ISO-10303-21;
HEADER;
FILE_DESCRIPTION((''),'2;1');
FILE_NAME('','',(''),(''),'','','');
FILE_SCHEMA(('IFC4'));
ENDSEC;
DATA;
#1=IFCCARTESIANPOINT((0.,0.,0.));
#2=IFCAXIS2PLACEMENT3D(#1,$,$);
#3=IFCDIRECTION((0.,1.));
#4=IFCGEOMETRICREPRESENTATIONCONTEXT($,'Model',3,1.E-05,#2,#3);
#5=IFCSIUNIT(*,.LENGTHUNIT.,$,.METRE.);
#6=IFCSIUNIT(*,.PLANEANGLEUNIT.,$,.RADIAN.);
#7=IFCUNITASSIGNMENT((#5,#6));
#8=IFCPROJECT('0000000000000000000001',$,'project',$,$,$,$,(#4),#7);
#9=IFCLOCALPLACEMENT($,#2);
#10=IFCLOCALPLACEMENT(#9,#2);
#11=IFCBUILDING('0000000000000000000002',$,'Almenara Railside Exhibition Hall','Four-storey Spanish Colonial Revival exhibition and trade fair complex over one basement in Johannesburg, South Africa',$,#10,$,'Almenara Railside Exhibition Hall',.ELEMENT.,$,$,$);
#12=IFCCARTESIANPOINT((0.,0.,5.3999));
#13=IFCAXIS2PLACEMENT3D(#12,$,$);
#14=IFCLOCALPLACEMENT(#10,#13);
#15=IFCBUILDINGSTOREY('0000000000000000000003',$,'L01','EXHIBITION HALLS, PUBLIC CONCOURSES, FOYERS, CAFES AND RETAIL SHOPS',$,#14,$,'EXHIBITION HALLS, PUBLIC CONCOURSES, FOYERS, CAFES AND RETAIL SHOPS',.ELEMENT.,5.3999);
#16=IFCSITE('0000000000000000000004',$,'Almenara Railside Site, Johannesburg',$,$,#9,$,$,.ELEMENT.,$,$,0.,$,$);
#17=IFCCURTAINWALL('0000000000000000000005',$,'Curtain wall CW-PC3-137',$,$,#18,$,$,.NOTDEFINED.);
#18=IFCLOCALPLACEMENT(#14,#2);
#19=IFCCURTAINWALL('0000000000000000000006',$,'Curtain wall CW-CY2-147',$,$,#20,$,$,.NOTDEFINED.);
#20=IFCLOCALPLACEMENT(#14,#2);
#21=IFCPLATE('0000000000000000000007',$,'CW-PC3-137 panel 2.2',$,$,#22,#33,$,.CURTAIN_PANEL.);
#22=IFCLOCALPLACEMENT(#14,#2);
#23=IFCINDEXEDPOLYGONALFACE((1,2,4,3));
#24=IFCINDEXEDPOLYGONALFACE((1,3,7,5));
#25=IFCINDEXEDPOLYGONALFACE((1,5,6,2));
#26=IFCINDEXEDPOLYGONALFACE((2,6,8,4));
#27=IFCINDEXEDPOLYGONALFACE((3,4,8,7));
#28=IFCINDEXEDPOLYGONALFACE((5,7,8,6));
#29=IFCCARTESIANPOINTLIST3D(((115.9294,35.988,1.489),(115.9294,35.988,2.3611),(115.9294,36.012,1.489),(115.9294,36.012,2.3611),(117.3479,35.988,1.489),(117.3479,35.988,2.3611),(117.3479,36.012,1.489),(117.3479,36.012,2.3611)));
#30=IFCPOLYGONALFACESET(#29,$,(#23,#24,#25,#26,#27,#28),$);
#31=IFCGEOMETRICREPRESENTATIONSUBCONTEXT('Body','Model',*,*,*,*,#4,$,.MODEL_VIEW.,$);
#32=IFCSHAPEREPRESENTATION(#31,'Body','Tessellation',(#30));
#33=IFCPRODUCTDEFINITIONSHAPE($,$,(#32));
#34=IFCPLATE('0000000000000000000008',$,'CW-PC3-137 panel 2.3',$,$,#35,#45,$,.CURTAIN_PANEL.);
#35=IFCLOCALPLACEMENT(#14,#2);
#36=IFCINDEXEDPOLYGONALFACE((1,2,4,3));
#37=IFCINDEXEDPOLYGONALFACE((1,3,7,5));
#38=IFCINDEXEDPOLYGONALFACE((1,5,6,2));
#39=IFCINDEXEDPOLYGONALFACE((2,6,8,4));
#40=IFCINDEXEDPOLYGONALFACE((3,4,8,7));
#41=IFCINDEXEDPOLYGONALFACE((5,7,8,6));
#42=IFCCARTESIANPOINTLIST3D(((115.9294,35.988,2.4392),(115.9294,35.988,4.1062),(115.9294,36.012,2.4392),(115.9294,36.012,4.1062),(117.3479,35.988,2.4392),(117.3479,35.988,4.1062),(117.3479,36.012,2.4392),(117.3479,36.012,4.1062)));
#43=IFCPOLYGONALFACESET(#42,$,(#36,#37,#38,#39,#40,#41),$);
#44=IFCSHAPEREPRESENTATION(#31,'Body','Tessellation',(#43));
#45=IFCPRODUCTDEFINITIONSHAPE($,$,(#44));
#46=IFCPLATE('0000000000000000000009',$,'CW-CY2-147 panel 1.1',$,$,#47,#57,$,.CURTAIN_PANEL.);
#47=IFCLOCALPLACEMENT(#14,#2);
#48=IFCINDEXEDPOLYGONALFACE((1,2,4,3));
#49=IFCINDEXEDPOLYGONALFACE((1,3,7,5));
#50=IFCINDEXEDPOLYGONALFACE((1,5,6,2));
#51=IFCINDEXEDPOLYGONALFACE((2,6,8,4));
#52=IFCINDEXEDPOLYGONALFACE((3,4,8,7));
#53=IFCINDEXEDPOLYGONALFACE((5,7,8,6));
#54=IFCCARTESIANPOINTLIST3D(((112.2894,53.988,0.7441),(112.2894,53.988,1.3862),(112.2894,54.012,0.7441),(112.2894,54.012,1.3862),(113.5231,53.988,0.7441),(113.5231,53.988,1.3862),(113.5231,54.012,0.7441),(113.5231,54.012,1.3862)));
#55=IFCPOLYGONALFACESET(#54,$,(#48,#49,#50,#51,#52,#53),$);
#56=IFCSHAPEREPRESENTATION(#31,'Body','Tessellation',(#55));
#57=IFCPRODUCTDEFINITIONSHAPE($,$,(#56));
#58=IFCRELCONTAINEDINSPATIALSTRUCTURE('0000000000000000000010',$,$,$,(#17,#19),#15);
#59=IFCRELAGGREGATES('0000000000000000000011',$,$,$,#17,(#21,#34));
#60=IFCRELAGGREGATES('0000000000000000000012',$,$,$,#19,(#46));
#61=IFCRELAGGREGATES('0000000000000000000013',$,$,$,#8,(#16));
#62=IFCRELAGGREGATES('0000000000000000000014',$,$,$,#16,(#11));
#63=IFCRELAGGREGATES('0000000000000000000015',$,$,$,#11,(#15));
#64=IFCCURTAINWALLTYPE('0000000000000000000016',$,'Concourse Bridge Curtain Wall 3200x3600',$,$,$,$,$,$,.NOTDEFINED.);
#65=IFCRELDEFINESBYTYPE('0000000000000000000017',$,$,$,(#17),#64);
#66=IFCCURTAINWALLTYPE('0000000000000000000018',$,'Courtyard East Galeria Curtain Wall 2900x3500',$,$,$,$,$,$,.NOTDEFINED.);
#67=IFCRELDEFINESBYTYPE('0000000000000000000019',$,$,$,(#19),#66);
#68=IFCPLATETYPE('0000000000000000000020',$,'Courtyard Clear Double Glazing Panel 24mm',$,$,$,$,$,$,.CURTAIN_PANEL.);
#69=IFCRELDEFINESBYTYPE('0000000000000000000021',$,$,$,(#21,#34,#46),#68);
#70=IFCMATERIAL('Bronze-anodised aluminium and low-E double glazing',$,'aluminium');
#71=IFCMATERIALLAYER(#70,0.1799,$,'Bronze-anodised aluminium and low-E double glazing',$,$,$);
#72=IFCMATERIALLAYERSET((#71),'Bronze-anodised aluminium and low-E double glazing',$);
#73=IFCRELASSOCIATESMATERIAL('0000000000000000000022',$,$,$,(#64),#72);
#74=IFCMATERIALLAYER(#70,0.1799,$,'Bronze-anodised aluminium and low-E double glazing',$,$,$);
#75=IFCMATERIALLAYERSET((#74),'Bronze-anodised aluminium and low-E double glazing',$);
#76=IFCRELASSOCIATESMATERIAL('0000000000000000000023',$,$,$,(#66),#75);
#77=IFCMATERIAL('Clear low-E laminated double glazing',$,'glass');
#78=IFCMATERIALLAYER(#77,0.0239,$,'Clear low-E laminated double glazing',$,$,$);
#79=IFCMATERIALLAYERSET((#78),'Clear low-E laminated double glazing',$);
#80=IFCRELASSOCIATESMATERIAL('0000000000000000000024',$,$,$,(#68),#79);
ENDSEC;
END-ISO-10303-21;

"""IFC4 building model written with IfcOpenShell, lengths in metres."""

from ifc_helpers import new_model, si_unit, direction, frame, origin, origin_2d, place, context, subcontext, project, spatial, rectangle, extrude, material, layer, layer_set, type_object, element, aggregate, save


model = new_model("IFC4")

# Units and contexts
model_context = context("Model", 3, precision=1e-05, world=origin(), true_north=direction((0.0, 1.0)))
body_context = subcontext(model_context, "Body", "Model", "MODEL_VIEW")
ifc_project = project(units=[si_unit("LENGTHUNIT", "METRE"), si_unit("PLANEANGLEUNIT", "RADIAN")], contexts=[model_context])

# Site, building, storey
site_placement = place(None, origin())
site = spatial("IfcSite", under=ifc_project, at=site_placement, Name="Almenara Railside Site, Johannesburg", CompositionType="ELEMENT", RefElevation=0.0)
building_placement = place(site_placement, origin())
building = spatial("IfcBuilding", under=site, at=building_placement, Name="Almenara Railside Exhibition Hall", Description="Four-storey Spanish Colonial Revival exhibition and trade fair complex over one basement in Johannesburg, South Africa", LongName="Almenara Railside Exhibition Hall", CompositionType="ELEMENT")
storey_placement = place(building_placement, frame((0.0, 0.0, 5.3999)))
storey = spatial("IfcBuildingStorey", under=building, at=storey_placement, Name="L01", Description="EXHIBITION HALLS, PUBLIC CONCOURSES, FOYERS, CAFES AND RETAIL SHOPS", LongName="EXHIBITION HALLS, PUBLIC CONCOURSES, FOYERS, CAFES AND RETAIL SHOPS", CompositionType="ELEMENT", Elevation=5.3999)

# Curtain wall
ifc_material_1 = material(Name="Bronze-anodised aluminium and low-E double glazing", Category="aluminium")
ifc_layer_1 = layer(ifc_material_1, 0.1799, Name="Bronze-anodised aluminium and low-E double glazing")
ifc_layer_set_1 = layer_set([ifc_layer_1], Name="Bronze-anodised aluminium and low-E double glazing")
curtain_wall_type_1 = type_object("IfcCurtainWallType", Name="Concourse Bridge Curtain Wall 3200x3600", PredefinedType="NOTDEFINED", material=ifc_layer_set_1)
curtain_wall_1_placement = place(storey_placement, origin())
curtain_wall_1 = element("IfcCurtainWall", 1, at=curtain_wall_1_placement, inside=storey, type_object=curtain_wall_type_1, Name="Curtain wall CW-PC3-137", PredefinedType="NOTDEFINED")

# Curtain wall
ifc_layer_2 = layer(ifc_material_1, 0.1799, Name="Bronze-anodised aluminium and low-E double glazing")
ifc_layer_set_2 = layer_set([ifc_layer_2], Name="Bronze-anodised aluminium and low-E double glazing")
curtain_wall_type_2 = type_object("IfcCurtainWallType", Name="Courtyard East Galeria Curtain Wall 2900x3500", PredefinedType="NOTDEFINED", material=ifc_layer_set_2)
curtain_wall_2_placement = place(storey_placement, origin())
curtain_wall_2 = element("IfcCurtainWall", 2, at=curtain_wall_2_placement, inside=storey, type_object=curtain_wall_type_2, Name="Curtain wall CW-CY2-147", PredefinedType="NOTDEFINED")

# Plates
ifc_material_2 = material(Name="Clear low-E laminated double glazing", Category="glass")
ifc_layer_3 = layer(ifc_material_2, 0.0239, Name="Clear low-E laminated double glazing")
ifc_layer_set_3 = layer_set([ifc_layer_3], Name="Clear low-E laminated double glazing")
plate_type = type_object("IfcPlateType", Name="Courtyard Clear Double Glazing Panel 24mm", PredefinedType="CURTAIN_PANEL", material=ifc_layer_set_3)
plate_1_placement = place(storey_placement, frame((116.6387, 36.0, 1.489), z_axis=(0.0, 0.0, 1.0), x_axis=(1.0, 0.0, 0.0)))
plate_1 = element("IfcPlate", 3, at=plate_1_placement, type_object=plate_type, Name="CW-PC3-137 panel 2.2", PredefinedType="CURTAIN_PANEL", context=body_context, shape_type="SweptSolid", body=[
    extrude(rectangle(XDim=1.4185, YDim=0.0239, at=origin_2d()), origin(), (0.0, 0.0, 1.0), 0.8721),
])
plate_2_placement = place(storey_placement, frame((116.6387, 36.0, 2.4392), z_axis=(0.0, 0.0, 1.0), x_axis=(1.0, 0.0, 0.0)))
plate_2 = element("IfcPlate", 4, at=plate_2_placement, type_object=plate_type, Name="CW-PC3-137 panel 2.3", PredefinedType="CURTAIN_PANEL", context=body_context, shape_type="SweptSolid", body=[
    extrude(rectangle(XDim=1.4185, YDim=0.0239, at=origin_2d()), origin(), (0.0, 0.0, 1.0), 1.667),
])
aggregate(curtain_wall_1, [plate_1, plate_2])
plate_3_placement = place(storey_placement, frame((112.9062, 54.0, 0.7441), z_axis=(0.0, 0.0, 1.0), x_axis=(1.0, 0.0, 0.0)))
plate_3 = element("IfcPlate", 5, at=plate_3_placement, type_object=plate_type, Name="CW-CY2-147 panel 1.1", PredefinedType="CURTAIN_PANEL", context=body_context, shape_type="SweptSolid", body=[
    extrude(rectangle(XDim=1.2336, YDim=0.0239, at=origin_2d()), origin(), (0.0, 0.0, 1.0), 0.6421),
])
aggregate(curtain_wall_2, [plate_3])

save(model, "model.ifc")
